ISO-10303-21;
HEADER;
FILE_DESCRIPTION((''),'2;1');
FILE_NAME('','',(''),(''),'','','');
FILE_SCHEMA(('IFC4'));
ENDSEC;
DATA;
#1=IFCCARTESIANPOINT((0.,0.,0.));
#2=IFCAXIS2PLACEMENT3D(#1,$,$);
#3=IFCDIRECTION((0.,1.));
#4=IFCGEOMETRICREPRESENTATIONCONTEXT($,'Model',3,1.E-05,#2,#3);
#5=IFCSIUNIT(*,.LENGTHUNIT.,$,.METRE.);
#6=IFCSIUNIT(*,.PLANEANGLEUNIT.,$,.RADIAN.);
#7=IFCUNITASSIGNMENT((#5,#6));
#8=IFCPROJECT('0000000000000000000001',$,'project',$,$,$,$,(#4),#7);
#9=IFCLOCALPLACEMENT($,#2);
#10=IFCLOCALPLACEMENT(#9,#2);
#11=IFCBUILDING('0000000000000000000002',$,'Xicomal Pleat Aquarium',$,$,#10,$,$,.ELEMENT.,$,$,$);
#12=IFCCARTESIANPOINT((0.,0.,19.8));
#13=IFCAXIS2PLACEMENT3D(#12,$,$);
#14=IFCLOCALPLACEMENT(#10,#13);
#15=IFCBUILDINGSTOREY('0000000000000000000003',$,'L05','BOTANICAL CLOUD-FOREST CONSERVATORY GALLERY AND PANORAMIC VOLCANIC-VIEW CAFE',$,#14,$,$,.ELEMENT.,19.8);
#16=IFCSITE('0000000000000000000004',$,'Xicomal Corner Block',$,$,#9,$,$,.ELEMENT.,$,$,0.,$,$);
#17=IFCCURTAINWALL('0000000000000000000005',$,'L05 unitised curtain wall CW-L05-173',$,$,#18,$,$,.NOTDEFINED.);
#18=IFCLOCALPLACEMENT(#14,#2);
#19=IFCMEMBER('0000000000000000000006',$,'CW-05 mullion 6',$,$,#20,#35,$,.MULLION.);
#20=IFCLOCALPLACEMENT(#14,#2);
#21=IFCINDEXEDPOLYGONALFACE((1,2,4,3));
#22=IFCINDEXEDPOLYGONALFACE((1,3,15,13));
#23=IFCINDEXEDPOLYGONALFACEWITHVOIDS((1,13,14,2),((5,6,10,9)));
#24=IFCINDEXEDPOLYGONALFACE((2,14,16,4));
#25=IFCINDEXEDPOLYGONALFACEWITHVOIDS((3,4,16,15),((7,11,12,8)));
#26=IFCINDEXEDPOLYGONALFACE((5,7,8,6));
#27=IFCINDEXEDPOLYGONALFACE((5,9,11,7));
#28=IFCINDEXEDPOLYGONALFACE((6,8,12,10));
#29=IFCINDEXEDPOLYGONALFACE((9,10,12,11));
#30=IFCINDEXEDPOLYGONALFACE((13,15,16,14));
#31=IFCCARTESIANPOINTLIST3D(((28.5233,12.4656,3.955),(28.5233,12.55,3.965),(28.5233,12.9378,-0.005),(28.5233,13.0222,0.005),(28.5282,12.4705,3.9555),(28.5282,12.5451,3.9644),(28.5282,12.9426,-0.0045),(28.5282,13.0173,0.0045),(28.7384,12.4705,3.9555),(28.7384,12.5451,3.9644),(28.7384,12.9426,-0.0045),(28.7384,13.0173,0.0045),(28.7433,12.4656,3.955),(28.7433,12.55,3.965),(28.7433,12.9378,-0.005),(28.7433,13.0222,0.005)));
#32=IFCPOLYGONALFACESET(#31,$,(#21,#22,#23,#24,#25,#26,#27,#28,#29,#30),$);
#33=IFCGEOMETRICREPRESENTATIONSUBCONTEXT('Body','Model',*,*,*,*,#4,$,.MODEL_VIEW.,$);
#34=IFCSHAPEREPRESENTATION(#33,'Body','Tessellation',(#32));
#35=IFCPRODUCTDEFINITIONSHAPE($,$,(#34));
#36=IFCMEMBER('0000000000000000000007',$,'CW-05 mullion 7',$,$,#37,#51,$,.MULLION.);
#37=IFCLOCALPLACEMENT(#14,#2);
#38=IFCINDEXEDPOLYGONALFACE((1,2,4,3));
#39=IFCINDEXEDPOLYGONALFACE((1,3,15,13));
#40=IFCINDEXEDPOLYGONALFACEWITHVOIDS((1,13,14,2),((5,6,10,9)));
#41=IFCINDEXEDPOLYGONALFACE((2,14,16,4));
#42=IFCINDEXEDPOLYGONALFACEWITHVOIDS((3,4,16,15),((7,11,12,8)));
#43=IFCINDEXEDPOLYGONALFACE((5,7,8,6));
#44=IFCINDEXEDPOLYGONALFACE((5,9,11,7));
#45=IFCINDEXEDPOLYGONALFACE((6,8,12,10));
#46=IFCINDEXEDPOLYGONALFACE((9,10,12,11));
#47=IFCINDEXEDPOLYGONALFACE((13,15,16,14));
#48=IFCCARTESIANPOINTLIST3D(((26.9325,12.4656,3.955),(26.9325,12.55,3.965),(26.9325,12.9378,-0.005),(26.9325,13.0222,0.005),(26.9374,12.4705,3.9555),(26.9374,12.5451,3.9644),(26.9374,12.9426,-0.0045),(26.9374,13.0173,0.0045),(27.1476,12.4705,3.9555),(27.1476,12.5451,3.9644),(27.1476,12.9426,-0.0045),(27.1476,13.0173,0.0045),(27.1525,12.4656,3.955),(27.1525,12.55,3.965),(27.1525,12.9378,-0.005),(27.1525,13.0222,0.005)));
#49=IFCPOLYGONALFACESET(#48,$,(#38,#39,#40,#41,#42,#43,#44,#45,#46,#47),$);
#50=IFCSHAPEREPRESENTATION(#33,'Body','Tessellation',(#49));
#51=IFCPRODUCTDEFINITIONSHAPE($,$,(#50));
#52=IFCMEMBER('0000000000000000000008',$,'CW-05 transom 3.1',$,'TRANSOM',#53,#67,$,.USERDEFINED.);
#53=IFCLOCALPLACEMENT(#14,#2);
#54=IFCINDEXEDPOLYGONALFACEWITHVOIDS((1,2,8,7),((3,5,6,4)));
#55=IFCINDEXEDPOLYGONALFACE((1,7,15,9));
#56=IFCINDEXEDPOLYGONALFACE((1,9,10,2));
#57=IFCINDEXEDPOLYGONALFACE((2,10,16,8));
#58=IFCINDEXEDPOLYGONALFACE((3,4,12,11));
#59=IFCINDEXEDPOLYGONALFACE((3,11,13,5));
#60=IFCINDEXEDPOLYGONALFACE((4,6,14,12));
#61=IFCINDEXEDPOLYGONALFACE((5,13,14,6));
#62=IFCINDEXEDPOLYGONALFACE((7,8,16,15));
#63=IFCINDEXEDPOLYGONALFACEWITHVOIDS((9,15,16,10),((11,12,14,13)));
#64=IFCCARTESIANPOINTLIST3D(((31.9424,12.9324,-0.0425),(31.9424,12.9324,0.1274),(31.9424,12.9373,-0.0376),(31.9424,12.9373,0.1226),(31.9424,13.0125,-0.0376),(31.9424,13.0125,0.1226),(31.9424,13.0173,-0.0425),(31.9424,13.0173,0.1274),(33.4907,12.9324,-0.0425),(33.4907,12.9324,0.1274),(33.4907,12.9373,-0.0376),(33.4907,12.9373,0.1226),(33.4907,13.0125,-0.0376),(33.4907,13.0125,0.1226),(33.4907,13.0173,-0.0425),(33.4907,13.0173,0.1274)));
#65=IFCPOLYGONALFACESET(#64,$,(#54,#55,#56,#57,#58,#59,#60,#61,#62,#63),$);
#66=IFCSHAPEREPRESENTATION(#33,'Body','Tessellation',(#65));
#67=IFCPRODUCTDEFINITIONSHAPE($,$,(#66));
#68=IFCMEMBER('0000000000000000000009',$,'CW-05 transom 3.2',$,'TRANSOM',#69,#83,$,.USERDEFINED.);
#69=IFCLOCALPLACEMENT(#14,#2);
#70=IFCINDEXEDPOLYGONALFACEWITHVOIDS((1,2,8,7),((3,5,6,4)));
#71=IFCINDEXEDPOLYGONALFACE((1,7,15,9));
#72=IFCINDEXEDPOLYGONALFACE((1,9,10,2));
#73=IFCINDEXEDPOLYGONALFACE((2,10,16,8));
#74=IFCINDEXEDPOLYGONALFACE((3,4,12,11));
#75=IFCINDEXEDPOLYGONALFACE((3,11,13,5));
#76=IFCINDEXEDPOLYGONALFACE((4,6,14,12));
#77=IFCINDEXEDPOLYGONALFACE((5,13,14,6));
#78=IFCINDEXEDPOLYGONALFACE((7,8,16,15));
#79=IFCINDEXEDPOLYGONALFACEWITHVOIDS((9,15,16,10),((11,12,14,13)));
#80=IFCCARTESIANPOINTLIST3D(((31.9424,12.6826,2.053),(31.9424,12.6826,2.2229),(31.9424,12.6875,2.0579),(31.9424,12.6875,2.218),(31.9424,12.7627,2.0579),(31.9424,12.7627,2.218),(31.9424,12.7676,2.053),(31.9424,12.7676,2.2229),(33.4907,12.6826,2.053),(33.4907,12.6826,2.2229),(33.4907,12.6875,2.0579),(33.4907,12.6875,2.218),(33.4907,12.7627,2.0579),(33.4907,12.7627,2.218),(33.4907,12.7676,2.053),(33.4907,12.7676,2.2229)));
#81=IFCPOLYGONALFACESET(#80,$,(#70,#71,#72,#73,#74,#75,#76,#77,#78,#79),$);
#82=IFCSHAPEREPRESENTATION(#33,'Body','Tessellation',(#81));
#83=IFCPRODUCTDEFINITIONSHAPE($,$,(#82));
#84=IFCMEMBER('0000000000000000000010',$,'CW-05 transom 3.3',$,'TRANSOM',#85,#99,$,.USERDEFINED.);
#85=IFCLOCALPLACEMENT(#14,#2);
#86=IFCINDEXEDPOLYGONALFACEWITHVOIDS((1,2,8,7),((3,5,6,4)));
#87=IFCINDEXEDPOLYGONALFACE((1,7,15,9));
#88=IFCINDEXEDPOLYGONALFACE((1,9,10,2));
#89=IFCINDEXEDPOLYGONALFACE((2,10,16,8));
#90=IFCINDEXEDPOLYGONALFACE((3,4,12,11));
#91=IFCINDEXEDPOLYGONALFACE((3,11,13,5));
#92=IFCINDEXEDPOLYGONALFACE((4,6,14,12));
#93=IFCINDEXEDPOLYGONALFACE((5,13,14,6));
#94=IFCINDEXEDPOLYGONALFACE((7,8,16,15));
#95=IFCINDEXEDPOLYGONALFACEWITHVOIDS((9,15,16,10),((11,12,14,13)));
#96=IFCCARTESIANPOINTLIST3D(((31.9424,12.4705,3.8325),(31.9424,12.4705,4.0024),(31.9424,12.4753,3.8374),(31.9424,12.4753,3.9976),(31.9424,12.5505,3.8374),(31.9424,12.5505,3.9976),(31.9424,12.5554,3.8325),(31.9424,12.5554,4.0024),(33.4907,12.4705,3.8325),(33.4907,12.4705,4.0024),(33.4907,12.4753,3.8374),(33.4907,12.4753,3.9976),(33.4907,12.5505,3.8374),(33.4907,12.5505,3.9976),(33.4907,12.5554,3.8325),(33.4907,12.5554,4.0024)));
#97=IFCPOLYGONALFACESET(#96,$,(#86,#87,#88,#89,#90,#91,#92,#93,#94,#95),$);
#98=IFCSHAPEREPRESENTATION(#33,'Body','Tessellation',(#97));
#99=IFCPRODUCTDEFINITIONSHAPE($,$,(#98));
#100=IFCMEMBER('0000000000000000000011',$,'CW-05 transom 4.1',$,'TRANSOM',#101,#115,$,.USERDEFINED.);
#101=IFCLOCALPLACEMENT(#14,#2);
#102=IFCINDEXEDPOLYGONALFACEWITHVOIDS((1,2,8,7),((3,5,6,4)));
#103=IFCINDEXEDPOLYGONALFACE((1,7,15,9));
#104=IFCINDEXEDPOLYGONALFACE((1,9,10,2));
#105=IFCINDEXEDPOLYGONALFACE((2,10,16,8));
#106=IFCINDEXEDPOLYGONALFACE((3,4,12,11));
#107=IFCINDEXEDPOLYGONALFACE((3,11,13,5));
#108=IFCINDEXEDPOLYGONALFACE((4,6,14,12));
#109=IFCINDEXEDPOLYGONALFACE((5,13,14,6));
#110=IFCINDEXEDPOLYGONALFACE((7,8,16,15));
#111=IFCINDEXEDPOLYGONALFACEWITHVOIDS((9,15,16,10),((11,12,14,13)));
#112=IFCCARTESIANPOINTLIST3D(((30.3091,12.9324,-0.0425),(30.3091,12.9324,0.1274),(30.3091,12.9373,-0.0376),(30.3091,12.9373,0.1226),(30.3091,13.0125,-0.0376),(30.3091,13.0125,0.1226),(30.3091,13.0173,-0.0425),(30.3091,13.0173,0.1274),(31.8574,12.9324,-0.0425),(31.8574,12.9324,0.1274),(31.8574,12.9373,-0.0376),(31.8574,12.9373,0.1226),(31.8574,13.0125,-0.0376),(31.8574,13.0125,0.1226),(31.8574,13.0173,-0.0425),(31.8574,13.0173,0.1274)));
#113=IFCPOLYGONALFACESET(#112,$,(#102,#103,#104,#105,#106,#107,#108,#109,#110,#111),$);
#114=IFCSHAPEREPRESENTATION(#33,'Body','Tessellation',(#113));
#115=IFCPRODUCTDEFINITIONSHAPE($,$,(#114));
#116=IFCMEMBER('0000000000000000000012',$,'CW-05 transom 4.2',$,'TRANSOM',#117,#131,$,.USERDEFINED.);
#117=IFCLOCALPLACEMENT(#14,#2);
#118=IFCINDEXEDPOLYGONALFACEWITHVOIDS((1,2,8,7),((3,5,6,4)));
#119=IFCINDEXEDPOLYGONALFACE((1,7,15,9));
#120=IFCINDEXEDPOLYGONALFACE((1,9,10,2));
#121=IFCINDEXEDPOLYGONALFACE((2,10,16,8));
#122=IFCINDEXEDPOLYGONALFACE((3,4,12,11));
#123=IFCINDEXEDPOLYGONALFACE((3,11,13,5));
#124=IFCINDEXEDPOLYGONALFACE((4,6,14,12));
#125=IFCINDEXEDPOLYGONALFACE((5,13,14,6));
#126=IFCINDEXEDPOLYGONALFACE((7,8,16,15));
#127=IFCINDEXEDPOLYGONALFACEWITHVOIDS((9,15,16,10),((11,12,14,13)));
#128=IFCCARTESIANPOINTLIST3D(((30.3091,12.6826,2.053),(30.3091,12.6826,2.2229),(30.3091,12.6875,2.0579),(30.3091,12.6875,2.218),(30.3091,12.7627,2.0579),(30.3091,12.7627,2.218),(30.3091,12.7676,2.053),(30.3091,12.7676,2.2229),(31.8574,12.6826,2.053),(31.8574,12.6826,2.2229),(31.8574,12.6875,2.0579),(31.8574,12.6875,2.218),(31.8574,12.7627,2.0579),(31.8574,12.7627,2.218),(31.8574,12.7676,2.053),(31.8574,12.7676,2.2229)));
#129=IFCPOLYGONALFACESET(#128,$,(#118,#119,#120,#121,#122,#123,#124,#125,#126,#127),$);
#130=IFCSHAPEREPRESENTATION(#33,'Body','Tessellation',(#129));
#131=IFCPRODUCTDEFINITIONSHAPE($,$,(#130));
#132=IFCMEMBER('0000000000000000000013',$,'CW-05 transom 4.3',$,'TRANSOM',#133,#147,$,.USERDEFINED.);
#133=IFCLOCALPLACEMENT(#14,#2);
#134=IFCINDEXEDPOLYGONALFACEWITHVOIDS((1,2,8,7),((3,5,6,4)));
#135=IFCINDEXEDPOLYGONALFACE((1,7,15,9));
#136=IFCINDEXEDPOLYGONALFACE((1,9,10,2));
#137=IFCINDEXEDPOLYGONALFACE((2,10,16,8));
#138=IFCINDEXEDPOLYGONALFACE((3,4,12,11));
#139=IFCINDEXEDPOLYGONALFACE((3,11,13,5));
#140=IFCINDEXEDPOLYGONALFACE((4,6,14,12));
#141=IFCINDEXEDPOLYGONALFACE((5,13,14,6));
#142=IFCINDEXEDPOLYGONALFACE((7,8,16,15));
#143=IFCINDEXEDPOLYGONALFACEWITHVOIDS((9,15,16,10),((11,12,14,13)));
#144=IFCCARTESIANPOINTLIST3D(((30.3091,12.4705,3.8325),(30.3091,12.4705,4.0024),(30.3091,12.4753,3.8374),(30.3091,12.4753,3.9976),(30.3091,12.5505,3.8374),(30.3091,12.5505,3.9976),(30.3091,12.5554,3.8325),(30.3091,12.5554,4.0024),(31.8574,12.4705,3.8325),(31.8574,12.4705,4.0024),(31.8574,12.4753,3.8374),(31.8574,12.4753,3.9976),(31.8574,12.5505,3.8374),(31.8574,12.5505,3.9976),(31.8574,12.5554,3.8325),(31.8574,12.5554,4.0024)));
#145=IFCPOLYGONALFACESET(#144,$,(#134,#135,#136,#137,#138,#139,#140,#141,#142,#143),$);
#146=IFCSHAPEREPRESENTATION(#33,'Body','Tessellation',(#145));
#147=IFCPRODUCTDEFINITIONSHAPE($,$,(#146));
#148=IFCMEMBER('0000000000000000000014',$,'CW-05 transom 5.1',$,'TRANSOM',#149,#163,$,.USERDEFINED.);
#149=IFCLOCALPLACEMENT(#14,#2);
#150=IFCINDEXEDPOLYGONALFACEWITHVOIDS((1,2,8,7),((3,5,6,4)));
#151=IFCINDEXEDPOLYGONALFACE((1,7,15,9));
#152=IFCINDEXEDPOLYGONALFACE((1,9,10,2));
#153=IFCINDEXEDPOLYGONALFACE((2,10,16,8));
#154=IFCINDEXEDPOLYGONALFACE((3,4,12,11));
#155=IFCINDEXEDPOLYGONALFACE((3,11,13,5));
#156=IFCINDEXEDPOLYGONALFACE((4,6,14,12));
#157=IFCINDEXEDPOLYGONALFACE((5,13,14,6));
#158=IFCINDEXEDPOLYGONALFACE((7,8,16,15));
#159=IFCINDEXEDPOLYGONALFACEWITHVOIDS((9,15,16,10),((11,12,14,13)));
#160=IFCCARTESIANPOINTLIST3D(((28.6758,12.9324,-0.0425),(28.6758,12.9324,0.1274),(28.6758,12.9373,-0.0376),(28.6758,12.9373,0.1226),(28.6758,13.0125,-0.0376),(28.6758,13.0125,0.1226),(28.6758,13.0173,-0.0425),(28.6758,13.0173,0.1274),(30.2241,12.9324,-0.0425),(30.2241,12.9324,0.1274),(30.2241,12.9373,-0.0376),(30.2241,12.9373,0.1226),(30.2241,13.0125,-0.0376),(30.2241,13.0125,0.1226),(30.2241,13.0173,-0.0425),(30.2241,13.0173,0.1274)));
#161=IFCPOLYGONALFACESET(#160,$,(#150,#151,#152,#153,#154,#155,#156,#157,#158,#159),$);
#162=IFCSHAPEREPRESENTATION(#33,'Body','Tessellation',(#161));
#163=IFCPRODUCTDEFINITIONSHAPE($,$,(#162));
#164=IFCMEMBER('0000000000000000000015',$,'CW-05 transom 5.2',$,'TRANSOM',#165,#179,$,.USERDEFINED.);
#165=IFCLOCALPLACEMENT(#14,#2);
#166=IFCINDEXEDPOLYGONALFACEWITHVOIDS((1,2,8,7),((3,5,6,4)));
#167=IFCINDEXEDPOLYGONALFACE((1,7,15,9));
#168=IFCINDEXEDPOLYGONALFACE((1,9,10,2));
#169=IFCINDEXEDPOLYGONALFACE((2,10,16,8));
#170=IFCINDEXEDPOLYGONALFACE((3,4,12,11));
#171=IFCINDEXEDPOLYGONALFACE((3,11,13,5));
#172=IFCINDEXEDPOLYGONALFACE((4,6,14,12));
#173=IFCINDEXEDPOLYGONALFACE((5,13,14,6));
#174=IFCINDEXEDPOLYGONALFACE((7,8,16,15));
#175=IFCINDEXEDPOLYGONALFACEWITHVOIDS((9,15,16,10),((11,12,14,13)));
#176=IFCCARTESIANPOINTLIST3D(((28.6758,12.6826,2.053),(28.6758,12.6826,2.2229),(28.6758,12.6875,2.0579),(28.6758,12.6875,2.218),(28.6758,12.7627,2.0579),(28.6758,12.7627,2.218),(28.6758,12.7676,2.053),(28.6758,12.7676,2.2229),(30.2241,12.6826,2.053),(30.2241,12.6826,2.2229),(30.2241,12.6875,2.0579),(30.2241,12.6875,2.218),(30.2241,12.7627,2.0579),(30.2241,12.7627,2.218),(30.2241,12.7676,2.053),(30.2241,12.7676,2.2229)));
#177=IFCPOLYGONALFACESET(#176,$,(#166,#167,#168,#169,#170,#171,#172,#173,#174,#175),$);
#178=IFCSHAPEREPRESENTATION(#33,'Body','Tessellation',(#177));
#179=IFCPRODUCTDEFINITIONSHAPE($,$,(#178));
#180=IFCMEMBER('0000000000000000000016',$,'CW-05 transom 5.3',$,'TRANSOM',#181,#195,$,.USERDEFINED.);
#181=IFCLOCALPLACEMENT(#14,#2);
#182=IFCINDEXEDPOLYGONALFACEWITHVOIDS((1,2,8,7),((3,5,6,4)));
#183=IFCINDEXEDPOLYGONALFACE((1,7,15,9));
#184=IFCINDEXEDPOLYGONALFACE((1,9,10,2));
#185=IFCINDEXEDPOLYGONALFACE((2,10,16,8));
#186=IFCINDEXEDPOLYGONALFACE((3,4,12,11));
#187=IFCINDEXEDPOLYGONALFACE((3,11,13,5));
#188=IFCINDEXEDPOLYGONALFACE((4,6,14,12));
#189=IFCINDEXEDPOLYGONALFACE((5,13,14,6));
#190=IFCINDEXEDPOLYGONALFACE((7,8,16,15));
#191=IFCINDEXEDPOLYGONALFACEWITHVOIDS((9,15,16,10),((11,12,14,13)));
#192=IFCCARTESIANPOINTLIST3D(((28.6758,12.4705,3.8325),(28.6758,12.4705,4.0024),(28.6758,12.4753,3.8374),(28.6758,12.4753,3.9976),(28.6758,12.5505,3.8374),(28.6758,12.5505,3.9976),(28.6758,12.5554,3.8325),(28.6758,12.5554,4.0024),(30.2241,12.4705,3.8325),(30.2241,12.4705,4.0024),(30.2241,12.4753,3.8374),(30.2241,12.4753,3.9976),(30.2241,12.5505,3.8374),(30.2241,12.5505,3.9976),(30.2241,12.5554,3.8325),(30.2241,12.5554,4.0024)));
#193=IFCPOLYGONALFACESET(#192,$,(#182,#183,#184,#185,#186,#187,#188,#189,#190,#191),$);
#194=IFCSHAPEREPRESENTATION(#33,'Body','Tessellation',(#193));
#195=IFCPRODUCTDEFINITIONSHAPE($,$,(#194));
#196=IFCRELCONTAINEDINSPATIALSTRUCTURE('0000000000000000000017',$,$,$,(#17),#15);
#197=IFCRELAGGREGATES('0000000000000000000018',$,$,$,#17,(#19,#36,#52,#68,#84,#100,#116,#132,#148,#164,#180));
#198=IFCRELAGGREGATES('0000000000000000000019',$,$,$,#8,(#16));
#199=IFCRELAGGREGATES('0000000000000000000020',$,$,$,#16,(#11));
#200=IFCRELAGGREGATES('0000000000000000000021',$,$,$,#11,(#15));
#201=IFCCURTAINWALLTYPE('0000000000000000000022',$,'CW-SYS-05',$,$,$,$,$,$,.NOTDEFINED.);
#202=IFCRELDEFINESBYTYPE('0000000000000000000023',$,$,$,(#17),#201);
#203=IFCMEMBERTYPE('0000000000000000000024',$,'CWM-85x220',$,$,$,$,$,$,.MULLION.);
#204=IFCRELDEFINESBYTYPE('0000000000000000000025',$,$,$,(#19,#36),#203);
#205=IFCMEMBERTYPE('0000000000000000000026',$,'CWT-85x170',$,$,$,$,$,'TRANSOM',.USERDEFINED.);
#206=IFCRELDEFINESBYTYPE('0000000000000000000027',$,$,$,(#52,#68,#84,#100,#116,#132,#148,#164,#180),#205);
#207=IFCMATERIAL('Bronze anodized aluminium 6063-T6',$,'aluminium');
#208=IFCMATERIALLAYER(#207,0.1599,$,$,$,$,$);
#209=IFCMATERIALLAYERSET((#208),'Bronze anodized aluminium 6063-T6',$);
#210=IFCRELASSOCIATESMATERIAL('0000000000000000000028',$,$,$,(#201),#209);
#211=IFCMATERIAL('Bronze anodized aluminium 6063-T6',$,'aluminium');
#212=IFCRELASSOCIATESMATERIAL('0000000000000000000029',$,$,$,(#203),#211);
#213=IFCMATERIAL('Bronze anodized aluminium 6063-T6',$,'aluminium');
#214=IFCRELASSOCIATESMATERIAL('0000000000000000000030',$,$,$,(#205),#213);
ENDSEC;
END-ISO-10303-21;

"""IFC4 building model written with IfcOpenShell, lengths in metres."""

from ifc_helpers import new_model, si_unit, direction, frame, origin, origin_2d, place, context, subcontext, project, spatial, hollow_rectangle, extrude, material, layer, layer_set, material_profile, profile_set, type_object, element, aggregate, save


model = new_model("IFC4")

# Units and contexts
model_context = context("Model", 3, precision=1e-05, world=origin(), true_north=direction((0.0, 1.0)))
body_context = subcontext(model_context, "Body", "Model", "MODEL_VIEW")
ifc_project = project(units=[si_unit("LENGTHUNIT", "METRE"), si_unit("PLANEANGLEUNIT", "RADIAN")], contexts=[model_context])

# Site, building, storey
site_placement = place(None, origin())
site = spatial("IfcSite", under=ifc_project, at=site_placement, Name="Xicomal Corner Block", CompositionType="ELEMENT", RefElevation=0.0)
building_placement = place(site_placement, origin())
building = spatial("IfcBuilding", under=site, at=building_placement, Name="Xicomal Pleat Aquarium", CompositionType="ELEMENT")
storey_placement = place(building_placement, frame((0.0, 0.0, 19.8)))
storey = spatial("IfcBuildingStorey", under=building, at=storey_placement, Name="L05", Description="BOTANICAL CLOUD-FOREST CONSERVATORY GALLERY AND PANORAMIC VOLCANIC-VIEW CAFE", CompositionType="ELEMENT", Elevation=19.8)

# Curtain wall, members
ifc_material_1 = material(Name="Bronze anodized aluminium 6063-T6", Category="aluminium")
ifc_layer_1 = layer(ifc_material_1, 0.1599)
ifc_layer_set_1 = layer_set([ifc_layer_1], Name="Bronze anodized aluminium 6063-T6")
curtain_wall_type = type_object("IfcCurtainWallType", Name="CW-SYS-05", PredefinedType="NOTDEFINED", material=ifc_layer_set_1)
curtain_wall_placement = place(storey_placement, origin())
curtain_wall = element("IfcCurtainWall", 1, at=curtain_wall_placement, inside=storey, type_object=curtain_wall_type, Name="L05 unitised curtain wall CW-L05-173", PredefinedType="NOTDEFINED")
ifc_material_2 = material(Name="Bronze anodized aluminium 6063-T6", Category="aluminium")
ifc_material_profile_1 = material_profile(ifc_material_2, hollow_rectangle(XDim=0.085, YDim=0.22, WallThickness=0.0049, at=origin_2d()), Name="ALU MULL 85x220")
ifc_profile_set_1 = profile_set([ifc_material_profile_1], Name="Bronze anodized aluminium 6063-T6")
member_type_1 = type_object("IfcMemberType", Name="CWM-85x220", PredefinedType="MULLION", material=ifc_profile_set_1)
member_1_placement = place(storey_placement, frame((28.6333, 12.98, 0.0), z_axis=(0.0, -0.118397, 0.992966), x_axis=(0.0, -0.992966, -0.118397)))
member_1 = element("IfcMember", 2, at=member_1_placement, type_object=member_type_1, Name="CW-05 mullion 6", PredefinedType="MULLION", context=body_context, shape_type="SweptSolid", body=[
    extrude(hollow_rectangle(XDim=0.085, YDim=0.22, WallThickness=0.0049, at=origin_2d()), origin(), (0.0, 0.0, 1.0), 3.988),
])
member_2_placement = place(storey_placement, frame((27.0425, 12.98, 0.0), z_axis=(0.0, -0.118397, 0.992966), x_axis=(0.0, -0.992966, -0.118397)))
member_2 = element("IfcMember", 3, at=member_2_placement, type_object=member_type_1, Name="CW-05 mullion 7", PredefinedType="MULLION", context=body_context, shape_type="SweptSolid", body=[
    extrude(hollow_rectangle(XDim=0.085, YDim=0.22, WallThickness=0.0049, at=origin_2d()), origin(), (0.0, 0.0, 1.0), 3.988),
])
ifc_material_3 = material(Name="Bronze anodized aluminium 6063-T6", Category="aluminium")
ifc_material_profile_2 = material_profile(ifc_material_3, hollow_rectangle(XDim=0.085, YDim=0.1699, WallThickness=0.0049, at=origin_2d()), Name="ALU TRAN 85x170")
ifc_profile_set_2 = profile_set([ifc_material_profile_2], Name="Bronze anodized aluminium 6063-T6")
member_type_2 = type_object("IfcMemberType", Name="CWT-85x170", ElementType="TRANSOM", PredefinedType="USERDEFINED", material=ifc_profile_set_2)
member_3_placement = place(storey_placement, frame((33.4907, 12.9749, 0.0425), z_axis=(-1.0, 0.0, 0.0), x_axis=(0.0, -1.0, 0.0)))
member_3 = element("IfcMember", 4, at=member_3_placement, type_object=member_type_2, Name="CW-05 transom 3.1", ObjectType="TRANSOM", PredefinedType="USERDEFINED", context=body_context, shape_type="SweptSolid", body=[
    extrude(hollow_rectangle(XDim=0.085, YDim=0.1699, WallThickness=0.0049, at=origin_2d()), origin(), (0.0, 0.0, 1.0), 1.5483),
])
member_4_placement = place(storey_placement, frame((33.4907, 12.7251, 2.1379), z_axis=(-1.0, 0.0, 0.0), x_axis=(0.0, -1.0, 0.0)))
member_4 = element("IfcMember", 5, at=member_4_placement, type_object=member_type_2, Name="CW-05 transom 3.2", ObjectType="TRANSOM", PredefinedType="USERDEFINED", context=body_context, shape_type="SweptSolid", body=[
    extrude(hollow_rectangle(XDim=0.085, YDim=0.1699, WallThickness=0.0049, at=origin_2d()), origin(), (0.0, 0.0, 1.0), 1.5483),
])
member_5_placement = place(storey_placement, frame((33.4907, 12.5129, 3.9175), z_axis=(-1.0, 0.0, 0.0), x_axis=(0.0, -1.0, 0.0)))
member_5 = element("IfcMember", 6, at=member_5_placement, type_object=member_type_2, Name="CW-05 transom 3.3", ObjectType="TRANSOM", PredefinedType="USERDEFINED", context=body_context, shape_type="SweptSolid", body=[
    extrude(hollow_rectangle(XDim=0.085, YDim=0.1699, WallThickness=0.0049, at=origin_2d()), origin(), (0.0, 0.0, 1.0), 1.5483),
])
member_6_placement = place(storey_placement, frame((31.8574, 12.9749, 0.0425), z_axis=(-1.0, 0.0, 0.0), x_axis=(0.0, -1.0, 0.0)))
member_6 = element("IfcMember", 7, at=member_6_placement, type_object=member_type_2, Name="CW-05 transom 4.1", ObjectType="TRANSOM", PredefinedType="USERDEFINED", context=body_context, shape_type="SweptSolid", body=[
    extrude(hollow_rectangle(XDim=0.085, YDim=0.1699, WallThickness=0.0049, at=origin_2d()), origin(), (0.0, 0.0, 1.0), 1.5483),
])
member_7_placement = place(storey_placement, frame((31.8574, 12.7251, 2.1379), z_axis=(-1.0, 0.0, 0.0), x_axis=(0.0, -1.0, 0.0)))
member_7 = element("IfcMember", 8, at=member_7_placement, type_object=member_type_2, Name="CW-05 transom 4.2", ObjectType="TRANSOM", PredefinedType="USERDEFINED", context=body_context, shape_type="SweptSolid", body=[
    extrude(hollow_rectangle(XDim=0.085, YDim=0.1699, WallThickness=0.0049, at=origin_2d()), origin(), (0.0, 0.0, 1.0), 1.5483),
])
member_8_placement = place(storey_placement, frame((31.8574, 12.5129, 3.9175), z_axis=(-1.0, 0.0, 0.0), x_axis=(0.0, -1.0, 0.0)))
member_8 = element("IfcMember", 9, at=member_8_placement, type_object=member_type_2, Name="CW-05 transom 4.3", ObjectType="TRANSOM", PredefinedType="USERDEFINED", context=body_context, shape_type="SweptSolid", body=[
    extrude(hollow_rectangle(XDim=0.085, YDim=0.1699, WallThickness=0.0049, at=origin_2d()), origin(), (0.0, 0.0, 1.0), 1.5483),
])
member_9_placement = place(storey_placement, frame((30.2241, 12.9749, 0.0425), z_axis=(-1.0, 0.0, 0.0), x_axis=(0.0, -1.0, 0.0)))
member_9 = element("IfcMember", 10, at=member_9_placement, type_object=member_type_2, Name="CW-05 transom 5.1", ObjectType="TRANSOM", PredefinedType="USERDEFINED", context=body_context, shape_type="SweptSolid", body=[
    extrude(hollow_rectangle(XDim=0.085, YDim=0.1699, WallThickness=0.0049, at=origin_2d()), origin(), (0.0, 0.0, 1.0), 1.5483),
])
member_10_placement = place(storey_placement, frame((30.2241, 12.7251, 2.1379), z_axis=(-1.0, 0.0, 0.0), x_axis=(0.0, -1.0, 0.0)))
member_10 = element("IfcMember", 11, at=member_10_placement, type_object=member_type_2, Name="CW-05 transom 5.2", ObjectType="TRANSOM", PredefinedType="USERDEFINED", context=body_context, shape_type="SweptSolid", body=[
    extrude(hollow_rectangle(XDim=0.085, YDim=0.1699, WallThickness=0.0049, at=origin_2d()), origin(), (0.0, 0.0, 1.0), 1.5483),
])
member_11_placement = place(storey_placement, frame((30.2241, 12.5129, 3.9175), z_axis=(-1.0, 0.0, 0.0), x_axis=(0.0, -1.0, 0.0)))
member_11 = element("IfcMember", 12, at=member_11_placement, type_object=member_type_2, Name="CW-05 transom 5.3", ObjectType="TRANSOM", PredefinedType="USERDEFINED", context=body_context, shape_type="SweptSolid", body=[
    extrude(hollow_rectangle(XDim=0.085, YDim=0.1699, WallThickness=0.0049, at=origin_2d()), origin(), (0.0, 0.0, 1.0), 1.5483),
])
aggregate(curtain_wall, [member_1, member_2, member_3, member_4, member_5, member_6, member_7, member_8, member_9, member_10, member_11])

save(model, "model.ifc")
